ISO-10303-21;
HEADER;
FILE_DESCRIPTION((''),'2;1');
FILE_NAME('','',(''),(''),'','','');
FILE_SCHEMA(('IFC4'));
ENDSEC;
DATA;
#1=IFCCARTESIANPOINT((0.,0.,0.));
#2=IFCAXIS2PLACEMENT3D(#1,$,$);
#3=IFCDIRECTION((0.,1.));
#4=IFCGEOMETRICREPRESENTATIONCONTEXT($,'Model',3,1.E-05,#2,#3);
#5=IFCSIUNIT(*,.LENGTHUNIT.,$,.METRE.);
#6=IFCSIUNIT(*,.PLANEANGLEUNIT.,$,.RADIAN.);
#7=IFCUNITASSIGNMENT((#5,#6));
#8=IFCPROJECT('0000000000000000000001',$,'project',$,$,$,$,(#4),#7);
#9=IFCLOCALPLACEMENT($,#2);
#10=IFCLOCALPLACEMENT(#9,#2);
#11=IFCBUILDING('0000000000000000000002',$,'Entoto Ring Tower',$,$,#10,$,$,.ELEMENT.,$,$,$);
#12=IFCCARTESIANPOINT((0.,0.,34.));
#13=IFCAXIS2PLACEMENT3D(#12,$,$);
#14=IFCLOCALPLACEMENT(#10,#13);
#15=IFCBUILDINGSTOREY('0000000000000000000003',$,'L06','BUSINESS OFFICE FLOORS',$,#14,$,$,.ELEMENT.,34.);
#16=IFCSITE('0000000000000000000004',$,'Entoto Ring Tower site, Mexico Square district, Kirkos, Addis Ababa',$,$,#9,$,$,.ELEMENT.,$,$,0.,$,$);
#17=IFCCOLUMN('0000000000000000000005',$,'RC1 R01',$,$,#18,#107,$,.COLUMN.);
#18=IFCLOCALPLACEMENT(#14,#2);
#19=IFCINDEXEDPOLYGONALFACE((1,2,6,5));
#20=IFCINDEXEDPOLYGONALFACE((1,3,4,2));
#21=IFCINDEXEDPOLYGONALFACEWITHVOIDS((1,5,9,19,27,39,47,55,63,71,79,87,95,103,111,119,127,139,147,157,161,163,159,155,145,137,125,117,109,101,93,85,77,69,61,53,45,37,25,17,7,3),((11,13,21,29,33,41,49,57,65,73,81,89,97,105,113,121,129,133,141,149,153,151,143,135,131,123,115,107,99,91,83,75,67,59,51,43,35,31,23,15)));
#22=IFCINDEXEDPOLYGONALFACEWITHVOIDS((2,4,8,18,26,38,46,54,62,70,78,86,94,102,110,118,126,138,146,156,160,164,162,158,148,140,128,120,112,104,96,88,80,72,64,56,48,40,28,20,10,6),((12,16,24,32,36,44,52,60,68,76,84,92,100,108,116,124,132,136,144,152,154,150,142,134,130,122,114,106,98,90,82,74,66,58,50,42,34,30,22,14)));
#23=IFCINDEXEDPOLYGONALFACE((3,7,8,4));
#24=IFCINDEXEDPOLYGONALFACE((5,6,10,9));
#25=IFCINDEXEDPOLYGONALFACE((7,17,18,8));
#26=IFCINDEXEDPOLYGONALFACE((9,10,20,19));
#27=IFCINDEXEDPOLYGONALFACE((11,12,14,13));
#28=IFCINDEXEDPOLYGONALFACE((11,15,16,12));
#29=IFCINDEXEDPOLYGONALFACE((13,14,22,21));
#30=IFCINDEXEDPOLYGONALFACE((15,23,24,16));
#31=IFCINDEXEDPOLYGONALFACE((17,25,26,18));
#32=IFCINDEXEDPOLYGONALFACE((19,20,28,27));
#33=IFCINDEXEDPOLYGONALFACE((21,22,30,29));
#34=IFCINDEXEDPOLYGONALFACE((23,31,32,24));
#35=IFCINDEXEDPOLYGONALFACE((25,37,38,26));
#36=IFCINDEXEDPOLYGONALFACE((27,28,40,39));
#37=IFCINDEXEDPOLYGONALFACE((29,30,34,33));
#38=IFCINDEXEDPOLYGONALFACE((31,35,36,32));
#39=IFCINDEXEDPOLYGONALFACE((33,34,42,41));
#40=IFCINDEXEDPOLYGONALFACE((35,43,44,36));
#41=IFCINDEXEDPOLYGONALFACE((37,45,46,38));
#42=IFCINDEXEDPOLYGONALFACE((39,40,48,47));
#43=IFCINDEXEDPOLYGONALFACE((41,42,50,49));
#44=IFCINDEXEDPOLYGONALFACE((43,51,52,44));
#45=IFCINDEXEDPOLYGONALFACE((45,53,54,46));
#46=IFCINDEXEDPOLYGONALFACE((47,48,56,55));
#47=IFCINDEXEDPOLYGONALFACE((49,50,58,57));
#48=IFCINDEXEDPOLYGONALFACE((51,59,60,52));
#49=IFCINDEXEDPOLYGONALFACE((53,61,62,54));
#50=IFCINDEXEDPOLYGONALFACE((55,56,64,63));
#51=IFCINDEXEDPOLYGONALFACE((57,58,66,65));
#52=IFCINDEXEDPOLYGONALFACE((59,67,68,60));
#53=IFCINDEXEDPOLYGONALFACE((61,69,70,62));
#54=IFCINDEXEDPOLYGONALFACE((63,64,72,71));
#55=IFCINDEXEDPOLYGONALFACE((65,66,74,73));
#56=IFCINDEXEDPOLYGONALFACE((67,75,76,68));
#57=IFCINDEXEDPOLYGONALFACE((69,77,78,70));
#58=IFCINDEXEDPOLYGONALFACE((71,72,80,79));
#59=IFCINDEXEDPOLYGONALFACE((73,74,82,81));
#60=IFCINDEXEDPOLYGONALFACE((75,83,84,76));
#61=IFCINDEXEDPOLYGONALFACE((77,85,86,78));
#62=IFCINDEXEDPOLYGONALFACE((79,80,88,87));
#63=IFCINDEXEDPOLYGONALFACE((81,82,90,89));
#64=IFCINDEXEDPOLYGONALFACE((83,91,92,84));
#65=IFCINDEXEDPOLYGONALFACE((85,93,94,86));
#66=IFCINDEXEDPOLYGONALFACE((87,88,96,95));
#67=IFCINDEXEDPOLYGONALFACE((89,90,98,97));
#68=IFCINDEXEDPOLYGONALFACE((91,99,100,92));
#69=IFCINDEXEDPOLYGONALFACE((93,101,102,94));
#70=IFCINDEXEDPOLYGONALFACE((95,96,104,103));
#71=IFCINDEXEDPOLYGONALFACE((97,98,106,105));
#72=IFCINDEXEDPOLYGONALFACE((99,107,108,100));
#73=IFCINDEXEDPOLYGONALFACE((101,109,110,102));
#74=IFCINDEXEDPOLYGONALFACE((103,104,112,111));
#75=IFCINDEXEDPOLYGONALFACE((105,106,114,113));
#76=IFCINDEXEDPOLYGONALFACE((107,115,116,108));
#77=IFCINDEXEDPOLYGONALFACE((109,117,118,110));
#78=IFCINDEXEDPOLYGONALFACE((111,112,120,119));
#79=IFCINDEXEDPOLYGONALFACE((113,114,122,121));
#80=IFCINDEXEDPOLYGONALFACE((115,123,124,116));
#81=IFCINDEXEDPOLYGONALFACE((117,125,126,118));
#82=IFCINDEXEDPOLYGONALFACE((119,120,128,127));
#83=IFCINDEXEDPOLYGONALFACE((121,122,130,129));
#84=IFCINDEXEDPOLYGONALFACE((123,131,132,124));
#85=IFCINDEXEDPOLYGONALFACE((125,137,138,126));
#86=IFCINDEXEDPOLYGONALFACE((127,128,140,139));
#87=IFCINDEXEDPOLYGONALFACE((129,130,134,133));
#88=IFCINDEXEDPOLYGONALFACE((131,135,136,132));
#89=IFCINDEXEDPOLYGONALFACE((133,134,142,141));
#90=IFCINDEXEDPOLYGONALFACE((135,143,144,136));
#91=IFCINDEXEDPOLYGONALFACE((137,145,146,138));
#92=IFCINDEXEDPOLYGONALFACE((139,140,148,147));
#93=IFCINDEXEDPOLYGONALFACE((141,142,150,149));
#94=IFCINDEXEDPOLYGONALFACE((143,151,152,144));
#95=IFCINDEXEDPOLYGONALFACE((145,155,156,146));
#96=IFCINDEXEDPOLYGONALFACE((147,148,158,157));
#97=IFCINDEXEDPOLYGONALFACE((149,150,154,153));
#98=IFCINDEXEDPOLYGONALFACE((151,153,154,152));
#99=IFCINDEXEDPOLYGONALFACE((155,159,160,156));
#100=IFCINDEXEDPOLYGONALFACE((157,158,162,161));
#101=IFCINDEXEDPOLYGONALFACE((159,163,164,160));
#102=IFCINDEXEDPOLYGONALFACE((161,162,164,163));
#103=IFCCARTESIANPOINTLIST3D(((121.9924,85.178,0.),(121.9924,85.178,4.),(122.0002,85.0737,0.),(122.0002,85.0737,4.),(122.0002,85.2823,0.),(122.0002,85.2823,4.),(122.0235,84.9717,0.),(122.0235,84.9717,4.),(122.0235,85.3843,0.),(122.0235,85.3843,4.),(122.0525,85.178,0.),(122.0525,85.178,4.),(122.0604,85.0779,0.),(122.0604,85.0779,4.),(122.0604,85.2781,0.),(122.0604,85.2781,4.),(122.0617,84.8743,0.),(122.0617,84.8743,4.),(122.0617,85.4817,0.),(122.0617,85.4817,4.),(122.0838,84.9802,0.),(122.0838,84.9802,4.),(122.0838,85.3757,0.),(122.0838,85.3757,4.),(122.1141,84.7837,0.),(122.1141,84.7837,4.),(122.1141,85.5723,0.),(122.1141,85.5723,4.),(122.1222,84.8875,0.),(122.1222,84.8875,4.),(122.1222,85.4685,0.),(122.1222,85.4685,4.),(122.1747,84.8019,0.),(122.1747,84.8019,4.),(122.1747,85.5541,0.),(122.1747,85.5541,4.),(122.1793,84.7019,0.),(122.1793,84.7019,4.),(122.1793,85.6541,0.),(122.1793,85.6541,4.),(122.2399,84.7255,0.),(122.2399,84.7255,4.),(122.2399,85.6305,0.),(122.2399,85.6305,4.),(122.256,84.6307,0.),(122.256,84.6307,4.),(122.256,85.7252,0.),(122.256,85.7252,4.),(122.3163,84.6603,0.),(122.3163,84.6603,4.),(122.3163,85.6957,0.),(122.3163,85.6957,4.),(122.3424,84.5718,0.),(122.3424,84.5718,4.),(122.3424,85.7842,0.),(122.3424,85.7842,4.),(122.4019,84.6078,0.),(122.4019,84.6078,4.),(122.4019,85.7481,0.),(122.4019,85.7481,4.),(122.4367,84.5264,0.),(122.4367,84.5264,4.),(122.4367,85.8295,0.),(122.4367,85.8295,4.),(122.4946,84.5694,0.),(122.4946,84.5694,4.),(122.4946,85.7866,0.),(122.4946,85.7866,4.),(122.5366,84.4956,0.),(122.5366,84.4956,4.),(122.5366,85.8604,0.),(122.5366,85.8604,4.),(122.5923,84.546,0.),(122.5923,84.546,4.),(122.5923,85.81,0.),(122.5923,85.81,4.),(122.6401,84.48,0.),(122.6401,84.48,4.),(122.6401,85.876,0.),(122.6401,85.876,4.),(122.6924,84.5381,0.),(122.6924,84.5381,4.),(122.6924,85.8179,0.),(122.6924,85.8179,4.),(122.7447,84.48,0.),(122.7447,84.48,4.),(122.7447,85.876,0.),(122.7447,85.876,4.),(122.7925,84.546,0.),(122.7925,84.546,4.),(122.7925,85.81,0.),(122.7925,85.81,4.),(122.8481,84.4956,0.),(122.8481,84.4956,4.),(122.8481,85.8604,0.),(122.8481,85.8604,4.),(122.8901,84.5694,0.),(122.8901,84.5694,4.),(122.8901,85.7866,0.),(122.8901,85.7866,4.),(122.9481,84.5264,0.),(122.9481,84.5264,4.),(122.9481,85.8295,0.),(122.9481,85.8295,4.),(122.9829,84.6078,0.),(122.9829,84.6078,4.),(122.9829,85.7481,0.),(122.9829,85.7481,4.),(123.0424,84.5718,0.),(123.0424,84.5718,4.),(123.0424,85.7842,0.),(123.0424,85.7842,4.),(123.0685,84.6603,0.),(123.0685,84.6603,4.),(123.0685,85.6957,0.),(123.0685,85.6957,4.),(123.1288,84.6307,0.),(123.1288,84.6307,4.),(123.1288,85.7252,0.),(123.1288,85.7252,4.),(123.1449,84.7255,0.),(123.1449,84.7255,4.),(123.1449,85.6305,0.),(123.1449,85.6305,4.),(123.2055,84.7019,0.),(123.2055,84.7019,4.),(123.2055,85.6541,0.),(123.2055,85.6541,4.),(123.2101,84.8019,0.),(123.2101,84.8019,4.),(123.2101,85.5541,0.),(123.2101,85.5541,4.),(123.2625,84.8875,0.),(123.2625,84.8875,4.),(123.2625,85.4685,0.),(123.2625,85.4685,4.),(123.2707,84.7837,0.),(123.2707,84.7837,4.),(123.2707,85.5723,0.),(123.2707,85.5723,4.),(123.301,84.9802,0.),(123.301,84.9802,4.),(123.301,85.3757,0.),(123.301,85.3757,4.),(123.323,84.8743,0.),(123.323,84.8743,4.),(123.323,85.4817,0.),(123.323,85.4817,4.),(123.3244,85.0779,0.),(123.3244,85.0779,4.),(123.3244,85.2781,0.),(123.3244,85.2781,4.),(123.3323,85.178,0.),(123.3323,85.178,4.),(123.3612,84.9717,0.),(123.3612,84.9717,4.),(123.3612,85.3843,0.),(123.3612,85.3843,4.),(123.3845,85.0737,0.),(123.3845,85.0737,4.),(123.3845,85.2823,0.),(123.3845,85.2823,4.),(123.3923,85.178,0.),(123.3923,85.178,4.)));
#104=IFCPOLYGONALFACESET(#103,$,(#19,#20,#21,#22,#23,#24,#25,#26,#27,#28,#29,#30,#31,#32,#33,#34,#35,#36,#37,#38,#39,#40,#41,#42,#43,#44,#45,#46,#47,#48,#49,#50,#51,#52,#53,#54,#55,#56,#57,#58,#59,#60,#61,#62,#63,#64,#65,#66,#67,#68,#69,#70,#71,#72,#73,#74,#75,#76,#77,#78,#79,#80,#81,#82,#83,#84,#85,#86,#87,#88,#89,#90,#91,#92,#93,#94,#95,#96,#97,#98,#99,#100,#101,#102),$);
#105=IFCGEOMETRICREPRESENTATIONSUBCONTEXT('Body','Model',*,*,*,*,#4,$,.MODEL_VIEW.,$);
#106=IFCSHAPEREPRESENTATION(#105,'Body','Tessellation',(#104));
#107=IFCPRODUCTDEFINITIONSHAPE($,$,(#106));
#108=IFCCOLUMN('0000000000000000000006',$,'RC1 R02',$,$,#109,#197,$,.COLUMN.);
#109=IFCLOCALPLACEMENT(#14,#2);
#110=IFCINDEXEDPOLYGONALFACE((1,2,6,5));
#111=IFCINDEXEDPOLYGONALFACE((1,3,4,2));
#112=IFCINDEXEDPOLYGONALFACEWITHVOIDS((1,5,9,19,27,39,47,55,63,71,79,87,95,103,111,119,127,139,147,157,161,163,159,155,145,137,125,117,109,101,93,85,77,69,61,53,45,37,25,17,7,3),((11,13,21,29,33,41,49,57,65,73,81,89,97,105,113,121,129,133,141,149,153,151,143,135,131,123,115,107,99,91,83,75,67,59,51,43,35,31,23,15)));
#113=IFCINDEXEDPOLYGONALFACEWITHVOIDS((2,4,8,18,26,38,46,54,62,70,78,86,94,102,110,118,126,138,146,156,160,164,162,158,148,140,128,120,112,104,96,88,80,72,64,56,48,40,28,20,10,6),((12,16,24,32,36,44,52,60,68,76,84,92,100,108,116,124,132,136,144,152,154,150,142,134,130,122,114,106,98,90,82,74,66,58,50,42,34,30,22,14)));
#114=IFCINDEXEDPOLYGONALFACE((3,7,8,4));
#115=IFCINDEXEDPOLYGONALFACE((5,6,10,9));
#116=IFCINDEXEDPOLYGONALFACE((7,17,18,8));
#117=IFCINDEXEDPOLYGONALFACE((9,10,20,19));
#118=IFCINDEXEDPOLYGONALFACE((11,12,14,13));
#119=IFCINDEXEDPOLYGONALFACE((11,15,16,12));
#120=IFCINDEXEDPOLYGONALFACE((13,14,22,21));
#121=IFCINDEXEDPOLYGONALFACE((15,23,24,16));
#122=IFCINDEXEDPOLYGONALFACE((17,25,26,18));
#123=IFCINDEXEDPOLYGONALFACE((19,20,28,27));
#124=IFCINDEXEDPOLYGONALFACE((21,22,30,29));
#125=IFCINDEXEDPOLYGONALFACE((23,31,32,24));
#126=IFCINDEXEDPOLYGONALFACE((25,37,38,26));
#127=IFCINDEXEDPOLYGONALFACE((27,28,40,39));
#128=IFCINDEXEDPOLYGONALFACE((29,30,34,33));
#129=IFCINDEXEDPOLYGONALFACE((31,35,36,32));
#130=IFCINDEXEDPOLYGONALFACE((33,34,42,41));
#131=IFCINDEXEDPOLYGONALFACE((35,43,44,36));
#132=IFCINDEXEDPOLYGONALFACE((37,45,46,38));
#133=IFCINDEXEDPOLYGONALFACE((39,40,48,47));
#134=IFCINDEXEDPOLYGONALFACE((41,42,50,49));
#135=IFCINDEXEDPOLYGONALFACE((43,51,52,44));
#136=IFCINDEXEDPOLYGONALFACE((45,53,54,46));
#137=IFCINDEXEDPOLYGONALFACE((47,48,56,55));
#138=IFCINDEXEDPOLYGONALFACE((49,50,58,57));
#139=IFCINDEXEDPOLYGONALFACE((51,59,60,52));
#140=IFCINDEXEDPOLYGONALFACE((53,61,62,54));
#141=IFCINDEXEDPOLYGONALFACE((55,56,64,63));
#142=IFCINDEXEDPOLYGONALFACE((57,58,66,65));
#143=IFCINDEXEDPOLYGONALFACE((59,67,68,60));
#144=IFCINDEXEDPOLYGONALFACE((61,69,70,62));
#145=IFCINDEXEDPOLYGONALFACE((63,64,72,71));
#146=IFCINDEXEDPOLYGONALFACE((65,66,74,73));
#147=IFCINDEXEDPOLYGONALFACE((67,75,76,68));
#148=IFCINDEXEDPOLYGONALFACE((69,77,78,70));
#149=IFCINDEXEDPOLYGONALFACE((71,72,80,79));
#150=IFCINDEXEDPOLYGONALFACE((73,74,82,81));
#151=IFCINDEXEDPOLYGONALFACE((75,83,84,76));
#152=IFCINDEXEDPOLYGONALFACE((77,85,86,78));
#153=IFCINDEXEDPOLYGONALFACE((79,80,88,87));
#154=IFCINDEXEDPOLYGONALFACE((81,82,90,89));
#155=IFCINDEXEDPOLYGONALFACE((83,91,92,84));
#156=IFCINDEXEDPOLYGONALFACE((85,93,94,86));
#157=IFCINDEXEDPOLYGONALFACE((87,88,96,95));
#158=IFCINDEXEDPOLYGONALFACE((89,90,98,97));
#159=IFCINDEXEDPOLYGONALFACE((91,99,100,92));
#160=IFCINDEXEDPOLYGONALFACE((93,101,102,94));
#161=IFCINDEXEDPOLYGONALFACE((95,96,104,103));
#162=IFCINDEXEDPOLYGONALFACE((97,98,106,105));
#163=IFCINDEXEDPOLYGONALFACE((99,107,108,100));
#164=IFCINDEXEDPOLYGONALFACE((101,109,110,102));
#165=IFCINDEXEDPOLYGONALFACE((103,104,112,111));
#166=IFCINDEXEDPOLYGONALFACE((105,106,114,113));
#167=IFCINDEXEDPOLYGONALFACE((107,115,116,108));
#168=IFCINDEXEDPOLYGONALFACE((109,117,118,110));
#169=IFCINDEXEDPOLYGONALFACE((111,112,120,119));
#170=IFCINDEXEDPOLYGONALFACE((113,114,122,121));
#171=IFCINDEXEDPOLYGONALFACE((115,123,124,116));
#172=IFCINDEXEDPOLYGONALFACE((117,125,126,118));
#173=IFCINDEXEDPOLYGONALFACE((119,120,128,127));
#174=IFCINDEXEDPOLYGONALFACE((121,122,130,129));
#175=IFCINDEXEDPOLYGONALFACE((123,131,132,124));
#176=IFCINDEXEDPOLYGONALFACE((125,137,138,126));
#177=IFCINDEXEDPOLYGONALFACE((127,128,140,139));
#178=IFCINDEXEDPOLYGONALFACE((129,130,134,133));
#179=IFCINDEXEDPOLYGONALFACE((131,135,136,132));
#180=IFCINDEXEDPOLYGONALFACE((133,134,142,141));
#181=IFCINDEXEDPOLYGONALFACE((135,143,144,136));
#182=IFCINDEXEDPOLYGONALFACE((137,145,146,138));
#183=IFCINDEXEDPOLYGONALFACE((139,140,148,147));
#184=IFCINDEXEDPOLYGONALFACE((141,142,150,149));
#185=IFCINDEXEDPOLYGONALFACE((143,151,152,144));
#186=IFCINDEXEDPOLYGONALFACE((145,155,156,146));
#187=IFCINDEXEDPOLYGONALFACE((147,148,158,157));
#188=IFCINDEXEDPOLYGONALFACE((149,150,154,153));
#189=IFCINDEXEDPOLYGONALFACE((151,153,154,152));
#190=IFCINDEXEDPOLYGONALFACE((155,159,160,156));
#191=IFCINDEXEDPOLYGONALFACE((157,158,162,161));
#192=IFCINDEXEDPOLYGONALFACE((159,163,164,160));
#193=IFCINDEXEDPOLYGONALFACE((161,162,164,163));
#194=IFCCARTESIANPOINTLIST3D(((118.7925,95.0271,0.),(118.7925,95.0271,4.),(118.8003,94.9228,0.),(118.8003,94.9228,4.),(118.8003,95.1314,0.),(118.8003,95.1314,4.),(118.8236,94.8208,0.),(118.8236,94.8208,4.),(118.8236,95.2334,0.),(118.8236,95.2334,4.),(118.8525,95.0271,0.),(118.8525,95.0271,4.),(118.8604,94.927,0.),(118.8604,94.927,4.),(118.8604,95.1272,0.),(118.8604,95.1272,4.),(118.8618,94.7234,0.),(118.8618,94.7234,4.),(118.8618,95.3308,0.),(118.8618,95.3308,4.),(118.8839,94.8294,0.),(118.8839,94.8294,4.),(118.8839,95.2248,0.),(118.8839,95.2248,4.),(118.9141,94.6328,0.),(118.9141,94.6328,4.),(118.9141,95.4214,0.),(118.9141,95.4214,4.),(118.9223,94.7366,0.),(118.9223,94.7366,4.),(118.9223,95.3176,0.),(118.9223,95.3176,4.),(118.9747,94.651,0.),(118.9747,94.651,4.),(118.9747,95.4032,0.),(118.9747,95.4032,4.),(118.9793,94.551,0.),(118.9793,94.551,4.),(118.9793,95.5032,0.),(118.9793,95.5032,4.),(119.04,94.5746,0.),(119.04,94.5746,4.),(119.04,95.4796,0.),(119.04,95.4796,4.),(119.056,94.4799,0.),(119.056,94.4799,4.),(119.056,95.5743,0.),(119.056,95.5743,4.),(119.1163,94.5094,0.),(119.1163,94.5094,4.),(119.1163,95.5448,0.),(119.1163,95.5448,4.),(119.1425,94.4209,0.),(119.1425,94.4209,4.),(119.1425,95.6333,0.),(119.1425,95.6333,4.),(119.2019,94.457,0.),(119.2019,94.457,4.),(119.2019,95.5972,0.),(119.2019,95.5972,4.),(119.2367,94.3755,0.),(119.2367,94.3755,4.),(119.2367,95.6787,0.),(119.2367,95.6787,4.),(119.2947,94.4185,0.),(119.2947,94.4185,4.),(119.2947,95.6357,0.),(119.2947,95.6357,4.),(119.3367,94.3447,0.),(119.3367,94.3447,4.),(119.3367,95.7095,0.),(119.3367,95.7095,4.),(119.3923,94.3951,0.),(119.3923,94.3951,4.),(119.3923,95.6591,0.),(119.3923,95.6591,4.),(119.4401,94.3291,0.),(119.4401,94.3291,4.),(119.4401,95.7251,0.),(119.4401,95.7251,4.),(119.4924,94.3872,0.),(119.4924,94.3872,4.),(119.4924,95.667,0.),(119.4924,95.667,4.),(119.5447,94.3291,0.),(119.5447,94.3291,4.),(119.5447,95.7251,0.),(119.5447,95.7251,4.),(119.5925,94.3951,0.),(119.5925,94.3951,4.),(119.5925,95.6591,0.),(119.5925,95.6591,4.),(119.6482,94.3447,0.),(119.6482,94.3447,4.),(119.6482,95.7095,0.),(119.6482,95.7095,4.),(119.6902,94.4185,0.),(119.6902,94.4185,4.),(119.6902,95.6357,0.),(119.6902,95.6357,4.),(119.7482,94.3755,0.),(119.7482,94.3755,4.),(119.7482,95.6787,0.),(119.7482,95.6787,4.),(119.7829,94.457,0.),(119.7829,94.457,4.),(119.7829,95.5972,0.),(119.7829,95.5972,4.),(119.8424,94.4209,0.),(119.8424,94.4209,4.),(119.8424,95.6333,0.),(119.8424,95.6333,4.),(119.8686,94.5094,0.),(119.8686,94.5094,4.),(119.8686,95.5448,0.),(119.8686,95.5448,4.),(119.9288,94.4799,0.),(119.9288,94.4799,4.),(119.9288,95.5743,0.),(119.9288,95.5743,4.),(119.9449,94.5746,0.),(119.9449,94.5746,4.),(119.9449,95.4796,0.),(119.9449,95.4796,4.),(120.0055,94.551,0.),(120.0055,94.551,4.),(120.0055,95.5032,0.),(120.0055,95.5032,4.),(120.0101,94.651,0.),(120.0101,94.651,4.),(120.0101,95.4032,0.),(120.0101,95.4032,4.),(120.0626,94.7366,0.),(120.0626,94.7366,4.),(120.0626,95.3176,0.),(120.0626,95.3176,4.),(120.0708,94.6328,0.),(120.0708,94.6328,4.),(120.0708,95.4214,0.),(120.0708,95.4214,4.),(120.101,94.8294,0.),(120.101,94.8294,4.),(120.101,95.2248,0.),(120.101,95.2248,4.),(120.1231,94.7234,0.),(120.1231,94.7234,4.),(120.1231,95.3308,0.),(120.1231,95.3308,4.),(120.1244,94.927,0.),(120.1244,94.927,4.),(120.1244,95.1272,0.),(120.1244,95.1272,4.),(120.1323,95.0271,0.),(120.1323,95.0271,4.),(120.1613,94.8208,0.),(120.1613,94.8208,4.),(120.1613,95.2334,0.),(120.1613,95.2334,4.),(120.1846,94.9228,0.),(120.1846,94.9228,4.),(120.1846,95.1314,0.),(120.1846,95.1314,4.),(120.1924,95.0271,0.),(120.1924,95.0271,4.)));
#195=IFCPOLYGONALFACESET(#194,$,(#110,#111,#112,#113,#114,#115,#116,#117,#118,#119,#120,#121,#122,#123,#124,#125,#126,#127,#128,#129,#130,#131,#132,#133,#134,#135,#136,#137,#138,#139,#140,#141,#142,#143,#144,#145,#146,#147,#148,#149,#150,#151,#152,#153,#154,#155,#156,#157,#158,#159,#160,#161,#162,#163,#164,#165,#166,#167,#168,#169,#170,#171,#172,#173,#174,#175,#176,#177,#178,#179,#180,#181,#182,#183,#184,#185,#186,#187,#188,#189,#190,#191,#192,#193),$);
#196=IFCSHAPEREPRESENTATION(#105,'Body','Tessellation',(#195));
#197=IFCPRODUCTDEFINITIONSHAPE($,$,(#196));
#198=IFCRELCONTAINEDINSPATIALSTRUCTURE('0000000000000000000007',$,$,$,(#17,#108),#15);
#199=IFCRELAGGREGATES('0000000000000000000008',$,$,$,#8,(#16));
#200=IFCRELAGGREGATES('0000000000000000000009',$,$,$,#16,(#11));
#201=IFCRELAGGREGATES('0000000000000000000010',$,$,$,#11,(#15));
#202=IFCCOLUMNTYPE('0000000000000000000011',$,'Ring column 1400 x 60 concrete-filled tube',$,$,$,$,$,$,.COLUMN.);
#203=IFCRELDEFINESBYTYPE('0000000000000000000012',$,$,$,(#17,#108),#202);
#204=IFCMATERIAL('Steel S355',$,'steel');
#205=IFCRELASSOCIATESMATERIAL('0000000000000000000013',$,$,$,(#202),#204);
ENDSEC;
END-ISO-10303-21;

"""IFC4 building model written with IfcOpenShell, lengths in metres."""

from ifc_helpers import new_model, si_unit, direction, frame, origin, origin_2d, place, context, subcontext, project, spatial, circle, hollow_circle, extrude, material, material_profile, profile_set, type_object, element, save


model = new_model("IFC4")

# Units and contexts
model_context = context("Model", 3, precision=1e-05, world=origin(), true_north=direction((0.0, 1.0)))
body_context = subcontext(model_context, "Body", "Model", "MODEL_VIEW")
ifc_project = project(units=[si_unit("LENGTHUNIT", "METRE"), si_unit("PLANEANGLEUNIT", "RADIAN")], contexts=[model_context])

# Site, building, storey
site_placement = place(None, origin())
site = spatial("IfcSite", under=ifc_project, at=site_placement, Name="Entoto Ring Tower site, Mexico Square district, Kirkos, Addis Ababa", CompositionType="ELEMENT", RefElevation=0.0)
building_placement = place(site_placement, origin())
building = spatial("IfcBuilding", under=site, at=building_placement, Name="Entoto Ring Tower", CompositionType="ELEMENT")
storey_placement = place(building_placement, frame((0.0, 0.0, 34.0)))
storey = spatial("IfcBuildingStorey", under=building, at=storey_placement, Name="L06", Description="BUSINESS OFFICE FLOORS", CompositionType="ELEMENT", Elevation=34.0)

# Columns
ifc_material_1 = material(Name="Steel S355", Category="steel")
ifc_material_profile_1 = material_profile(ifc_material_1, hollow_circle(Radius=0.7, WallThickness=0.0601, at=origin_2d()), Name="CHS 1400 x 60")
ifc_material_2 = material(Name="Concrete C60/75", Category="concrete")
ifc_material_profile_2 = material_profile(ifc_material_2, circle(Radius=0.6399, at=origin_2d()), Name="Concrete C60/75 infill")
ifc_profile_set_1 = profile_set([ifc_material_profile_1, ifc_material_profile_2], Name="Steel S355")
column_type = type_object("IfcColumnType", Name="Ring column 1400 x 60 concrete-filled tube", PredefinedType="COLUMN", material=ifc_profile_set_1)
for number, where, z_axis, x_axis, name in (
    (1, (122.6924, 85.178, 0.0), (0.0, 0.0, 1.0), (1.0, 0.0, 0.0), "RC1 R01"),
    (2, (119.4924, 95.0271, 0.0), (0.0, 0.0, 1.0), (1.0, 0.0, 0.0), "RC1 R02"),
):
    element("IfcColumn", number, at=place(storey_placement, frame(where, z_axis=z_axis, x_axis=x_axis)), inside=storey, type_object=column_type, Name=name, PredefinedType="COLUMN", context=body_context, shape_type="SweptSolid", body=[
        extrude(hollow_circle(Radius=0.7, WallThickness=0.0601, at=origin_2d()), origin(), (0.0, 0.0, 1.0), 4.0),
    ])

save(model, "model.ifc")
